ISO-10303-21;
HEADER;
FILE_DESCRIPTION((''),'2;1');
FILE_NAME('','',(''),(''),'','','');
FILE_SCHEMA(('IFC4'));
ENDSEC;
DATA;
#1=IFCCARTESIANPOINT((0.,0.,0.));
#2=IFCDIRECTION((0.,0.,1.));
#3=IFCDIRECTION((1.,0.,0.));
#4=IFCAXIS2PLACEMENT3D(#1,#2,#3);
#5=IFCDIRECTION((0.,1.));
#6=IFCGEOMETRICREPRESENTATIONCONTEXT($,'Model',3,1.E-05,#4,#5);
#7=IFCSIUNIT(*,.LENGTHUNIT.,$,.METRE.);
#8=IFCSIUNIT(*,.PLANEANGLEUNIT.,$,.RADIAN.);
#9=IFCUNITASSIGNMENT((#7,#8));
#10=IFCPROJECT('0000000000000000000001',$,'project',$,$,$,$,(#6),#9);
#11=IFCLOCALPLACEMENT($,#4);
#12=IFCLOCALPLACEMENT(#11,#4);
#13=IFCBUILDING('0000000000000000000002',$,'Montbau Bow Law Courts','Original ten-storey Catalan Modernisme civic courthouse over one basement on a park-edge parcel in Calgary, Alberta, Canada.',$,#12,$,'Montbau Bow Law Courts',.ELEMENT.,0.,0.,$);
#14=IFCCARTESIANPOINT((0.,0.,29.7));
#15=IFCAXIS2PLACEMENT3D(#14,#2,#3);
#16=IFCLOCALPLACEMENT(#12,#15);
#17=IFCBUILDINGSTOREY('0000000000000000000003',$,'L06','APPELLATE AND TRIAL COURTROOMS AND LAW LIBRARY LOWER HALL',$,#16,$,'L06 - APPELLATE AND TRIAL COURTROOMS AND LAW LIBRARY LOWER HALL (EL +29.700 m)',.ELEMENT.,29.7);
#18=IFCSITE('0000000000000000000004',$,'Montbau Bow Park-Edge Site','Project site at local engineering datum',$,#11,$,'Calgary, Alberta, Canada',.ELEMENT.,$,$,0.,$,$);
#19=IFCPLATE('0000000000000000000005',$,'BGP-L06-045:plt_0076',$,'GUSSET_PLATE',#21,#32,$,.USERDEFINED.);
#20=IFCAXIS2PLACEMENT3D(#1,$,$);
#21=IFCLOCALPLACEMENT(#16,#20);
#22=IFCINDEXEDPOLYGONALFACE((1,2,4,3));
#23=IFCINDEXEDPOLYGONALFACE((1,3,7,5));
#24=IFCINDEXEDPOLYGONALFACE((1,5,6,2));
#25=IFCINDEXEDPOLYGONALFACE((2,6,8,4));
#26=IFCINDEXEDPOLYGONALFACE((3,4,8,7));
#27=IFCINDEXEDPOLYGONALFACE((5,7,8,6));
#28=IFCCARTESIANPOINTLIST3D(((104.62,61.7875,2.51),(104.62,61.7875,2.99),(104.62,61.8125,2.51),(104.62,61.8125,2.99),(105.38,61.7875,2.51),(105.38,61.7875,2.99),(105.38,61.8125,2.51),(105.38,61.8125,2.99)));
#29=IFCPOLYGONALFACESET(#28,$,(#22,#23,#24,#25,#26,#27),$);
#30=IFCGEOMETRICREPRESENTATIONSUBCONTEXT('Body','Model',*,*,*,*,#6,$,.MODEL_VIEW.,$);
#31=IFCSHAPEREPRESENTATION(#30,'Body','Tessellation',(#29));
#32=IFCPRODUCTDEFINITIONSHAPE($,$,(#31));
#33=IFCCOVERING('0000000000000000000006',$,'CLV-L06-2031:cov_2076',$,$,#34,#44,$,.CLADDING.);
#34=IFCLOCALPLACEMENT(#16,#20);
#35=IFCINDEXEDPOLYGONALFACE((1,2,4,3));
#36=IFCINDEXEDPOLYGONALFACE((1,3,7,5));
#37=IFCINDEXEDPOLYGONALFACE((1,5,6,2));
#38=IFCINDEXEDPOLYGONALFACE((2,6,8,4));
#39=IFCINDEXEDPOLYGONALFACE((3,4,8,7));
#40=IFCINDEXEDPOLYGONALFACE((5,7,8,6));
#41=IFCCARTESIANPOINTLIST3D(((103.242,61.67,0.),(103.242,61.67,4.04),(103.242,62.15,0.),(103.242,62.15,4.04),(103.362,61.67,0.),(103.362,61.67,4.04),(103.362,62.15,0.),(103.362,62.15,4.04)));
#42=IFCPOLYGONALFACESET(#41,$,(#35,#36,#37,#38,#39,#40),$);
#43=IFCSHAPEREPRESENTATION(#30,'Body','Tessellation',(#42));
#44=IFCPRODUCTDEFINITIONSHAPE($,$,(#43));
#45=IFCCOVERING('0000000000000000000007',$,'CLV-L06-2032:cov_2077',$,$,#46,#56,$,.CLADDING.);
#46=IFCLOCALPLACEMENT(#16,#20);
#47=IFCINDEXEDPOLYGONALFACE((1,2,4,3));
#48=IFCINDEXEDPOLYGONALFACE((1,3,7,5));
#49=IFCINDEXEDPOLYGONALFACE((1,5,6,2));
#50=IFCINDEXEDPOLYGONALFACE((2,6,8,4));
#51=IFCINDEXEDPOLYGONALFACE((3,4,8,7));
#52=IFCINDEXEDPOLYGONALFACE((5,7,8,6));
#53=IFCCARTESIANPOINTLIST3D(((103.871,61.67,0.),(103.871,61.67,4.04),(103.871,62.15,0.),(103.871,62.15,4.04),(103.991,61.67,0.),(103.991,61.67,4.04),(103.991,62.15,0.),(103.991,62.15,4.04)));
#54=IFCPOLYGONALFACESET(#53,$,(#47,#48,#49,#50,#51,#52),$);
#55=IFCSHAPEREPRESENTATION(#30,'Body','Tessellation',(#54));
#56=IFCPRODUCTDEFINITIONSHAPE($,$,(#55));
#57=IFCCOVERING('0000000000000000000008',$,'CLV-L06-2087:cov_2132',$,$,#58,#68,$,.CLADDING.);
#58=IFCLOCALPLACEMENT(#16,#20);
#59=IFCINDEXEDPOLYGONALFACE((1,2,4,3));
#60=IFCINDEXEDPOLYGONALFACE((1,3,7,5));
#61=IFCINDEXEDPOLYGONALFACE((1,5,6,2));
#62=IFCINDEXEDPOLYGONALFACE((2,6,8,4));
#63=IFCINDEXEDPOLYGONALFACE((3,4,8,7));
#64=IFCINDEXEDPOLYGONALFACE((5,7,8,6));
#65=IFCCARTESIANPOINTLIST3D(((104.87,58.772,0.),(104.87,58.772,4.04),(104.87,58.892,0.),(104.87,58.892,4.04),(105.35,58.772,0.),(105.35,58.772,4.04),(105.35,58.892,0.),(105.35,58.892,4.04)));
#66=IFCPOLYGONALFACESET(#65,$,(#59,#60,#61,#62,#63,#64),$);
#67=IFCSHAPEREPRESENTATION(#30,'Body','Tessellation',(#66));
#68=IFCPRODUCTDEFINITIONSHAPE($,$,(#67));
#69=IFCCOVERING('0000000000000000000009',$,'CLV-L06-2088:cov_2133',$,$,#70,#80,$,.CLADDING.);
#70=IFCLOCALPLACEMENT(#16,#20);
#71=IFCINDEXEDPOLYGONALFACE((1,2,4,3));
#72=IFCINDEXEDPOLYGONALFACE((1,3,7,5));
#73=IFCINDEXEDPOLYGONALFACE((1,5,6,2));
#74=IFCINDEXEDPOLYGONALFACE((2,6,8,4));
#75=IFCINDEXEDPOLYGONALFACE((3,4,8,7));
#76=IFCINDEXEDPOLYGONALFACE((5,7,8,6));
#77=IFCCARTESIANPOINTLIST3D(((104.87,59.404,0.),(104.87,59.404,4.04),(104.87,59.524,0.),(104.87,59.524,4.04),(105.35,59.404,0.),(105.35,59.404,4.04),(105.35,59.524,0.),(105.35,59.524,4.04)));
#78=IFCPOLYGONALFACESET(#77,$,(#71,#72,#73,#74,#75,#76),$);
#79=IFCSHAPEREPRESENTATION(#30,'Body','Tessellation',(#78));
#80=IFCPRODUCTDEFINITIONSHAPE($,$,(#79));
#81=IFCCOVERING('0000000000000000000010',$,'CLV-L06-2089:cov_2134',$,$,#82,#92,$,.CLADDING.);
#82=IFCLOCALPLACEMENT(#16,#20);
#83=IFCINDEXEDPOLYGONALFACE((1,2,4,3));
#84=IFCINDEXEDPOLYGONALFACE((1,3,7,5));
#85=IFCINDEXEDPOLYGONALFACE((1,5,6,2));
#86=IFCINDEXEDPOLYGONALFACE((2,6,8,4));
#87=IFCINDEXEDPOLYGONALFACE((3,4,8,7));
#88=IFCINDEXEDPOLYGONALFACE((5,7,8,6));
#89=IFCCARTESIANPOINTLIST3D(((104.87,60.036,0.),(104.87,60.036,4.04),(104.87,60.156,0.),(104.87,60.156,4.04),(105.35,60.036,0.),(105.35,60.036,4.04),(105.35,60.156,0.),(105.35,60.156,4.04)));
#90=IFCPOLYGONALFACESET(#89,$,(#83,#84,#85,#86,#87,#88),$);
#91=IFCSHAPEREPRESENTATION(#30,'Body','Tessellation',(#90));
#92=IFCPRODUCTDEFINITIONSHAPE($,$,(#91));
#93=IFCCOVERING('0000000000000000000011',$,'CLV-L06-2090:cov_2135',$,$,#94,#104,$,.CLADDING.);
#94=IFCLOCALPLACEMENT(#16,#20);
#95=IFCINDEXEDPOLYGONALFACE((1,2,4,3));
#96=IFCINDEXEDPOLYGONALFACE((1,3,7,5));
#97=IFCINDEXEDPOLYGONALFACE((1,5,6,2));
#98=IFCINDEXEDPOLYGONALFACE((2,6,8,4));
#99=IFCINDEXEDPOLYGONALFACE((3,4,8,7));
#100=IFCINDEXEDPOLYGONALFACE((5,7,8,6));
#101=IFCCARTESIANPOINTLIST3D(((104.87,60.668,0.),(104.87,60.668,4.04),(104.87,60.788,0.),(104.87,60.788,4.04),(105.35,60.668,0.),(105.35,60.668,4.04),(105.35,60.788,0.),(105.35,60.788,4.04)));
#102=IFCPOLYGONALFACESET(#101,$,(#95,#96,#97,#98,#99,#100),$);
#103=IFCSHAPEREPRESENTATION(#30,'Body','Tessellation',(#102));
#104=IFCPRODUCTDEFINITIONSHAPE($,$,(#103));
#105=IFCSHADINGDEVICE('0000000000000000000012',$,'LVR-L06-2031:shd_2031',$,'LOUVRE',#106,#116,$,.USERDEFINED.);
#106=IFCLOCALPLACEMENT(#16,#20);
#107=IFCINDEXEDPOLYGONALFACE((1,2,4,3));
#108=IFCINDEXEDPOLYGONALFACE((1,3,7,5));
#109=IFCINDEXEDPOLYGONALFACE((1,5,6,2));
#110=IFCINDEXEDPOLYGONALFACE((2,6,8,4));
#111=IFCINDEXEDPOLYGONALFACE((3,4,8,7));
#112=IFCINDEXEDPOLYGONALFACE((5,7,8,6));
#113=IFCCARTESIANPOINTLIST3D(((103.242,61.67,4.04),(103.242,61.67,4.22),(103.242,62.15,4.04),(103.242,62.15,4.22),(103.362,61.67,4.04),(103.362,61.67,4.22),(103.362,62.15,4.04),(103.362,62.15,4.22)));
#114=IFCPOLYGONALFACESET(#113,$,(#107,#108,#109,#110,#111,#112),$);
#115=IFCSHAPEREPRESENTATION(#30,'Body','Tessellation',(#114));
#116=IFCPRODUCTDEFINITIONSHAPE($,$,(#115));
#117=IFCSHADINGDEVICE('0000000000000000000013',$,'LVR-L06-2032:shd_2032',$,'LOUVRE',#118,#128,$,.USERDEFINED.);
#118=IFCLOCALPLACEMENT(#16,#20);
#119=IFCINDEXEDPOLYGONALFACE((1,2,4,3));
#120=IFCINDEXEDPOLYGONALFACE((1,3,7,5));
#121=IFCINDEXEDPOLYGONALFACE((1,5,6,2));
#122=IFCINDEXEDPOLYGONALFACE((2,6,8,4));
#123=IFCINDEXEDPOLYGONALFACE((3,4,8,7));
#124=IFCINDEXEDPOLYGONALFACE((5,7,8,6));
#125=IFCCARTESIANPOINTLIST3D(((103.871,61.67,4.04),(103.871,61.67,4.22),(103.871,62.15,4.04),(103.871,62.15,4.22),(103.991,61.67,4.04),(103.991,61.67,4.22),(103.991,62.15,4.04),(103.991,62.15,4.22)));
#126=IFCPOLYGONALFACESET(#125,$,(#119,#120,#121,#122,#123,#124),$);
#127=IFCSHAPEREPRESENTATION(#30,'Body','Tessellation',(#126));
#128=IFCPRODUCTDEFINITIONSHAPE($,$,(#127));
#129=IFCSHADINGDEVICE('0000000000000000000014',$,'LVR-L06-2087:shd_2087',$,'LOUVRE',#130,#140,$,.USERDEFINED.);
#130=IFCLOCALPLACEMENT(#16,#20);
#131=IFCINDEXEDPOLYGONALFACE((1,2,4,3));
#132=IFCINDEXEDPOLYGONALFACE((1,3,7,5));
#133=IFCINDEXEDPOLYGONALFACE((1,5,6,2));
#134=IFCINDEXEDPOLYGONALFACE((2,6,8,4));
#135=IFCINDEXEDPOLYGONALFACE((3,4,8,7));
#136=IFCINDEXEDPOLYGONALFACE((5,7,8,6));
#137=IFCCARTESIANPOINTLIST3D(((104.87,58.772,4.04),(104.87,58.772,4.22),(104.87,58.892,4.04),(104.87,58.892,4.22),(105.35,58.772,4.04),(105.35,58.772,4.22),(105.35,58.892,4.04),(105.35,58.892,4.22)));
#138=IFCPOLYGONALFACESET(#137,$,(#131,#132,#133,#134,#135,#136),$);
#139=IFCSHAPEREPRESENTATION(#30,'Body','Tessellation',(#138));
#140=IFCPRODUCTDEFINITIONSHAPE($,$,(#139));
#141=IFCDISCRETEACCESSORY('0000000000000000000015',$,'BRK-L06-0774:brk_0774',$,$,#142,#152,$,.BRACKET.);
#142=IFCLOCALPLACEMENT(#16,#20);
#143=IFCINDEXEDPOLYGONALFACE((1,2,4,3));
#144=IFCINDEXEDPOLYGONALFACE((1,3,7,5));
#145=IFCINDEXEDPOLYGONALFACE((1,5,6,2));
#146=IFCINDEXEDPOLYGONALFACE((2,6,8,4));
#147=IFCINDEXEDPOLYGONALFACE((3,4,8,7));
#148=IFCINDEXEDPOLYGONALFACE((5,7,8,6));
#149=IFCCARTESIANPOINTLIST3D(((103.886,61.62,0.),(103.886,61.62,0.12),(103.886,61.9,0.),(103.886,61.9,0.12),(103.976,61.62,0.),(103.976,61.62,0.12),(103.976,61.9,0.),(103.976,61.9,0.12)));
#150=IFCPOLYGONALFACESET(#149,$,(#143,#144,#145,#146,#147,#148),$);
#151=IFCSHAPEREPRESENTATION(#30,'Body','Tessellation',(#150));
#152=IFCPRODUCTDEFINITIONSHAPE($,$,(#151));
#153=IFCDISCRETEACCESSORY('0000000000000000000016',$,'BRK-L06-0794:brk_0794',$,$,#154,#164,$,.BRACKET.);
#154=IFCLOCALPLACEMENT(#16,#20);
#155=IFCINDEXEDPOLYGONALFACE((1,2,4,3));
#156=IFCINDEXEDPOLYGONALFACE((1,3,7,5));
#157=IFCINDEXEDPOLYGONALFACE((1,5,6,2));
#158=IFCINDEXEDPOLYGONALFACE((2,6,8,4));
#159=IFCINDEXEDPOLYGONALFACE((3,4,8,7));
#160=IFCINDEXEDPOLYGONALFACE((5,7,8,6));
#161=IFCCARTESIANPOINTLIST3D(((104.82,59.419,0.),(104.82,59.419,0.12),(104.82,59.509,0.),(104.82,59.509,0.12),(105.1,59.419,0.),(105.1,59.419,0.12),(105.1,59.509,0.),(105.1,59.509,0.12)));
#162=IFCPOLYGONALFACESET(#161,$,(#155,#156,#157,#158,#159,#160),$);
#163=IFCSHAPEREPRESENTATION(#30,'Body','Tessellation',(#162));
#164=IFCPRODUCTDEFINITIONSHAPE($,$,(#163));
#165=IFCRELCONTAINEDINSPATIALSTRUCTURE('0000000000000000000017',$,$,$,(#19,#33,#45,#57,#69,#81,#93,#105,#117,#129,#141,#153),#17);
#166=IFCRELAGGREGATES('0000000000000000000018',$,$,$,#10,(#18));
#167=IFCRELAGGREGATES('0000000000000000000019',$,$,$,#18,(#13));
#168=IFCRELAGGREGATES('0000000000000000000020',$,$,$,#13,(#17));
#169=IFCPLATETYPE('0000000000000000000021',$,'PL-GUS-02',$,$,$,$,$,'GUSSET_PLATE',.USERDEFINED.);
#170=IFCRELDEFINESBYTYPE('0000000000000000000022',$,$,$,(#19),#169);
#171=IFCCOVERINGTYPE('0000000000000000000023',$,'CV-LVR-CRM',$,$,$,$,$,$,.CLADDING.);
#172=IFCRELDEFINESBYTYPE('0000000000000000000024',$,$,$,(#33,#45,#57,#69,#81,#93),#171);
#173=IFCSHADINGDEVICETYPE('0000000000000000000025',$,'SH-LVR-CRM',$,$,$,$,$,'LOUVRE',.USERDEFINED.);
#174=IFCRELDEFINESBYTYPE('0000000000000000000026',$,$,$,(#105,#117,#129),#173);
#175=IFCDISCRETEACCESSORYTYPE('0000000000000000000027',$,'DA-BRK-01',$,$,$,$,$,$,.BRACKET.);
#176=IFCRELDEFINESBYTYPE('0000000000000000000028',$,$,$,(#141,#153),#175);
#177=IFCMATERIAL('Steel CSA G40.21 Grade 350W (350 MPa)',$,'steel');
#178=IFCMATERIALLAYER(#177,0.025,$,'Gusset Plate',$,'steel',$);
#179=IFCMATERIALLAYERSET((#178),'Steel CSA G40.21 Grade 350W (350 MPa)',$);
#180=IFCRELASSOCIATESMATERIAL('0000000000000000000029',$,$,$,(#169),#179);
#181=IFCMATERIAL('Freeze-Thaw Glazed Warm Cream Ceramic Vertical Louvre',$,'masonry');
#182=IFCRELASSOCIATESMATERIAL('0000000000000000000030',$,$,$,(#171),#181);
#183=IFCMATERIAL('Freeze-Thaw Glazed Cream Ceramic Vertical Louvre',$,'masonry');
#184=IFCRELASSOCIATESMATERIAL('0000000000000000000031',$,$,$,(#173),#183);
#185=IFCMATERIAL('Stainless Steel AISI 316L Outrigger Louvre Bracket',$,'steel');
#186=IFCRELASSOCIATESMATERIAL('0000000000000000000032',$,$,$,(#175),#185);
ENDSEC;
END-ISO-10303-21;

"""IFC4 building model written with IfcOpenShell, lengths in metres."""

from ifc_helpers import new_model, si_unit, direction, frame, frame_2d, origin_with_axes, origin_2d_with_axis, place, context, subcontext, project, spatial, rectangle, extrude, material, layer, layer_set, type_object, element, save


model = new_model("IFC4")

# Units and contexts
model_context = context("Model", 3, precision=1e-05, world=origin_with_axes(), true_north=direction((0.0, 1.0)))
body_context = subcontext(model_context, "Body", "Model", "MODEL_VIEW")
ifc_project = project(units=[si_unit("LENGTHUNIT", "METRE"), si_unit("PLANEANGLEUNIT", "RADIAN")], contexts=[model_context])

# Site, building, storey
site_placement = place(None, origin_with_axes())
site = spatial("IfcSite", under=ifc_project, at=site_placement, Name="Montbau Bow Park-Edge Site", Description="Project site at local engineering datum", LongName="Calgary, Alberta, Canada", CompositionType="ELEMENT", RefElevation=0.0)
building_placement = place(site_placement, origin_with_axes())
building = spatial("IfcBuilding", under=site, at=building_placement, Name="Montbau Bow Law Courts", Description="Original ten-storey Catalan Modernisme civic courthouse over one basement on a park-edge parcel in Calgary, Alberta, Canada.", LongName="Montbau Bow Law Courts", CompositionType="ELEMENT", ElevationOfRefHeight=0.0, ElevationOfTerrain=0.0)
storey_placement = place(building_placement, frame((0.0, 0.0, 29.7), z_axis=(0.0, 0.0, 1.0), x_axis=(1.0, 0.0, 0.0)))
storey = spatial("IfcBuildingStorey", under=building, at=storey_placement, Name="L06", Description="APPELLATE AND TRIAL COURTROOMS AND LAW LIBRARY LOWER HALL", LongName="L06 - APPELLATE AND TRIAL COURTROOMS AND LAW LIBRARY LOWER HALL (EL +29.700 m)", CompositionType="ELEMENT", Elevation=29.7)

# Plate
ifc_material_1 = material(Name="Steel CSA G40.21 Grade 350W (350 MPa)", Category="steel")
ifc_layer_1 = layer(ifc_material_1, 0.025, Name="Gusset Plate", Category="steel")
ifc_layer_set_1 = layer_set([ifc_layer_1], Name="Steel CSA G40.21 Grade 350W (350 MPa)")
plate_type_1 = type_object("IfcPlateType", Name="PL-GUS-02", ElementType="GUSSET_PLATE", PredefinedType="USERDEFINED", material=ifc_layer_set_1)
for number, where, z_axis, x_axis, name in (
    (1, (105.0, 61.8, 32.21), (0.0, 0.0, 1.0), (1.0, 0.0, 0.0), "BGP-L06-045:plt_0076"),
):
    element("IfcPlate", number, at=place(None, frame(where, z_axis=z_axis, x_axis=x_axis)), inside=storey, type_object=plate_type_1, Name=name, ObjectType="GUSSET_PLATE", PredefinedType="USERDEFINED", context=body_context, shape_type="SweptSolid", body=[
        extrude(rectangle(XDim=0.76, YDim=0.025, at=origin_2d_with_axis()), origin_with_axes(), (0.0, 0.0, 1.0), 0.48),
    ])

# Coverings
ifc_material_2 = material(Name="Freeze-Thaw Glazed Warm Cream Ceramic Vertical Louvre", Category="masonry")
covering_type = type_object("IfcCoveringType", Name="CV-LVR-CRM", PredefinedType="CLADDING", material=ifc_material_2)
for number, where, z_axis, x_axis, name in (
    (2, (103.302, 61.67, 29.7), (1.0, 0.0, 0.0), (0.0, 1.0, 0.0), "CLV-L06-2031:cov_2076"),
    (3, (103.931, 61.67, 29.7), (1.0, 0.0, 0.0), (0.0, 1.0, 0.0), "CLV-L06-2032:cov_2077"),
    (4, (104.87, 58.832, 29.7), (0.0, -1.0, 0.0), (1.0, 0.0, 0.0), "CLV-L06-2087:cov_2132"),
    (5, (104.87, 59.464, 29.7), (0.0, -1.0, 0.0), (1.0, 0.0, 0.0), "CLV-L06-2088:cov_2133"),
    (6, (104.87, 60.096, 29.7), (0.0, -1.0, 0.0), (1.0, 0.0, 0.0), "CLV-L06-2089:cov_2134"),
    (7, (104.87, 60.728, 29.7), (0.0, -1.0, 0.0), (1.0, 0.0, 0.0), "CLV-L06-2090:cov_2135"),
):
    element("IfcCovering", number, at=place(None, frame(where, z_axis=z_axis, x_axis=x_axis)), inside=storey, type_object=covering_type, Name=name, PredefinedType="CLADDING", context=body_context, shape_type="SweptSolid", body=[
        extrude(rectangle(XDim=0.48, YDim=4.04, at=frame_2d((0.24, 2.02), x_axis=(1.0, 0.0))), frame((0.0, 0.0, -0.06), z_axis=(0.0, 0.0, 1.0), x_axis=(1.0, 0.0, 0.0)), (0.0, 0.0, 1.0), 0.12),
    ])

# Shading devices
ifc_material_3 = material(Name="Freeze-Thaw Glazed Cream Ceramic Vertical Louvre", Category="masonry")
shading_device_type = type_object("IfcShadingDeviceType", Name="SH-LVR-CRM", ElementType="LOUVRE", PredefinedType="USERDEFINED", material=ifc_material_3)
for number, where, z_axis, x_axis, name in (
    (8, (103.302, 61.91, 33.74), (0.0, 0.0, 1.0), (0.0, 1.0, 0.0), "LVR-L06-2031:shd_2031"),
    (9, (103.931, 61.91, 33.74), (0.0, 0.0, 1.0), (0.0, 1.0, 0.0), "LVR-L06-2032:shd_2032"),
    (10, (105.11, 58.832, 33.74), (0.0, 0.0, 1.0), (1.0, 0.0, 0.0), "LVR-L06-2087:shd_2087"),
):
    element("IfcShadingDevice", number, at=place(None, frame(where, z_axis=z_axis, x_axis=x_axis)), inside=storey, type_object=shading_device_type, Name=name, ObjectType="LOUVRE", PredefinedType="USERDEFINED", context=body_context, shape_type="SweptSolid", body=[
        extrude(rectangle(XDim=0.48, YDim=0.12, at=origin_2d_with_axis()), origin_with_axes(), (0.0, 0.0, 1.0), 0.18),
    ])

# Discrete accessories
ifc_material_4 = material(Name="Stainless Steel AISI 316L Outrigger Louvre Bracket", Category="steel")
discrete_accessory_type = type_object("IfcDiscreteAccessoryType", Name="DA-BRK-01", PredefinedType="BRACKET", material=ifc_material_4)
for number, where, z_axis, x_axis, name in (
    (11, (103.931, 61.76, 29.7), (0.0, 0.0, 1.0), (0.0, 1.0, 0.0), "BRK-L06-0774:brk_0774"),
    (12, (104.96, 59.464, 29.7), (0.0, 0.0, 1.0), (1.0, 0.0, 0.0), "BRK-L06-0794:brk_0794"),
):
    element("IfcDiscreteAccessory", number, at=place(None, frame(where, z_axis=z_axis, x_axis=x_axis)), inside=storey, type_object=discrete_accessory_type, Name=name, PredefinedType="BRACKET", context=body_context, shape_type="SweptSolid", body=[
        extrude(rectangle(XDim=0.28, YDim=0.09, at=origin_2d_with_axis()), origin_with_axes(), (0.0, 0.0, 1.0), 0.12),
    ])

save(model, "model.ifc")
